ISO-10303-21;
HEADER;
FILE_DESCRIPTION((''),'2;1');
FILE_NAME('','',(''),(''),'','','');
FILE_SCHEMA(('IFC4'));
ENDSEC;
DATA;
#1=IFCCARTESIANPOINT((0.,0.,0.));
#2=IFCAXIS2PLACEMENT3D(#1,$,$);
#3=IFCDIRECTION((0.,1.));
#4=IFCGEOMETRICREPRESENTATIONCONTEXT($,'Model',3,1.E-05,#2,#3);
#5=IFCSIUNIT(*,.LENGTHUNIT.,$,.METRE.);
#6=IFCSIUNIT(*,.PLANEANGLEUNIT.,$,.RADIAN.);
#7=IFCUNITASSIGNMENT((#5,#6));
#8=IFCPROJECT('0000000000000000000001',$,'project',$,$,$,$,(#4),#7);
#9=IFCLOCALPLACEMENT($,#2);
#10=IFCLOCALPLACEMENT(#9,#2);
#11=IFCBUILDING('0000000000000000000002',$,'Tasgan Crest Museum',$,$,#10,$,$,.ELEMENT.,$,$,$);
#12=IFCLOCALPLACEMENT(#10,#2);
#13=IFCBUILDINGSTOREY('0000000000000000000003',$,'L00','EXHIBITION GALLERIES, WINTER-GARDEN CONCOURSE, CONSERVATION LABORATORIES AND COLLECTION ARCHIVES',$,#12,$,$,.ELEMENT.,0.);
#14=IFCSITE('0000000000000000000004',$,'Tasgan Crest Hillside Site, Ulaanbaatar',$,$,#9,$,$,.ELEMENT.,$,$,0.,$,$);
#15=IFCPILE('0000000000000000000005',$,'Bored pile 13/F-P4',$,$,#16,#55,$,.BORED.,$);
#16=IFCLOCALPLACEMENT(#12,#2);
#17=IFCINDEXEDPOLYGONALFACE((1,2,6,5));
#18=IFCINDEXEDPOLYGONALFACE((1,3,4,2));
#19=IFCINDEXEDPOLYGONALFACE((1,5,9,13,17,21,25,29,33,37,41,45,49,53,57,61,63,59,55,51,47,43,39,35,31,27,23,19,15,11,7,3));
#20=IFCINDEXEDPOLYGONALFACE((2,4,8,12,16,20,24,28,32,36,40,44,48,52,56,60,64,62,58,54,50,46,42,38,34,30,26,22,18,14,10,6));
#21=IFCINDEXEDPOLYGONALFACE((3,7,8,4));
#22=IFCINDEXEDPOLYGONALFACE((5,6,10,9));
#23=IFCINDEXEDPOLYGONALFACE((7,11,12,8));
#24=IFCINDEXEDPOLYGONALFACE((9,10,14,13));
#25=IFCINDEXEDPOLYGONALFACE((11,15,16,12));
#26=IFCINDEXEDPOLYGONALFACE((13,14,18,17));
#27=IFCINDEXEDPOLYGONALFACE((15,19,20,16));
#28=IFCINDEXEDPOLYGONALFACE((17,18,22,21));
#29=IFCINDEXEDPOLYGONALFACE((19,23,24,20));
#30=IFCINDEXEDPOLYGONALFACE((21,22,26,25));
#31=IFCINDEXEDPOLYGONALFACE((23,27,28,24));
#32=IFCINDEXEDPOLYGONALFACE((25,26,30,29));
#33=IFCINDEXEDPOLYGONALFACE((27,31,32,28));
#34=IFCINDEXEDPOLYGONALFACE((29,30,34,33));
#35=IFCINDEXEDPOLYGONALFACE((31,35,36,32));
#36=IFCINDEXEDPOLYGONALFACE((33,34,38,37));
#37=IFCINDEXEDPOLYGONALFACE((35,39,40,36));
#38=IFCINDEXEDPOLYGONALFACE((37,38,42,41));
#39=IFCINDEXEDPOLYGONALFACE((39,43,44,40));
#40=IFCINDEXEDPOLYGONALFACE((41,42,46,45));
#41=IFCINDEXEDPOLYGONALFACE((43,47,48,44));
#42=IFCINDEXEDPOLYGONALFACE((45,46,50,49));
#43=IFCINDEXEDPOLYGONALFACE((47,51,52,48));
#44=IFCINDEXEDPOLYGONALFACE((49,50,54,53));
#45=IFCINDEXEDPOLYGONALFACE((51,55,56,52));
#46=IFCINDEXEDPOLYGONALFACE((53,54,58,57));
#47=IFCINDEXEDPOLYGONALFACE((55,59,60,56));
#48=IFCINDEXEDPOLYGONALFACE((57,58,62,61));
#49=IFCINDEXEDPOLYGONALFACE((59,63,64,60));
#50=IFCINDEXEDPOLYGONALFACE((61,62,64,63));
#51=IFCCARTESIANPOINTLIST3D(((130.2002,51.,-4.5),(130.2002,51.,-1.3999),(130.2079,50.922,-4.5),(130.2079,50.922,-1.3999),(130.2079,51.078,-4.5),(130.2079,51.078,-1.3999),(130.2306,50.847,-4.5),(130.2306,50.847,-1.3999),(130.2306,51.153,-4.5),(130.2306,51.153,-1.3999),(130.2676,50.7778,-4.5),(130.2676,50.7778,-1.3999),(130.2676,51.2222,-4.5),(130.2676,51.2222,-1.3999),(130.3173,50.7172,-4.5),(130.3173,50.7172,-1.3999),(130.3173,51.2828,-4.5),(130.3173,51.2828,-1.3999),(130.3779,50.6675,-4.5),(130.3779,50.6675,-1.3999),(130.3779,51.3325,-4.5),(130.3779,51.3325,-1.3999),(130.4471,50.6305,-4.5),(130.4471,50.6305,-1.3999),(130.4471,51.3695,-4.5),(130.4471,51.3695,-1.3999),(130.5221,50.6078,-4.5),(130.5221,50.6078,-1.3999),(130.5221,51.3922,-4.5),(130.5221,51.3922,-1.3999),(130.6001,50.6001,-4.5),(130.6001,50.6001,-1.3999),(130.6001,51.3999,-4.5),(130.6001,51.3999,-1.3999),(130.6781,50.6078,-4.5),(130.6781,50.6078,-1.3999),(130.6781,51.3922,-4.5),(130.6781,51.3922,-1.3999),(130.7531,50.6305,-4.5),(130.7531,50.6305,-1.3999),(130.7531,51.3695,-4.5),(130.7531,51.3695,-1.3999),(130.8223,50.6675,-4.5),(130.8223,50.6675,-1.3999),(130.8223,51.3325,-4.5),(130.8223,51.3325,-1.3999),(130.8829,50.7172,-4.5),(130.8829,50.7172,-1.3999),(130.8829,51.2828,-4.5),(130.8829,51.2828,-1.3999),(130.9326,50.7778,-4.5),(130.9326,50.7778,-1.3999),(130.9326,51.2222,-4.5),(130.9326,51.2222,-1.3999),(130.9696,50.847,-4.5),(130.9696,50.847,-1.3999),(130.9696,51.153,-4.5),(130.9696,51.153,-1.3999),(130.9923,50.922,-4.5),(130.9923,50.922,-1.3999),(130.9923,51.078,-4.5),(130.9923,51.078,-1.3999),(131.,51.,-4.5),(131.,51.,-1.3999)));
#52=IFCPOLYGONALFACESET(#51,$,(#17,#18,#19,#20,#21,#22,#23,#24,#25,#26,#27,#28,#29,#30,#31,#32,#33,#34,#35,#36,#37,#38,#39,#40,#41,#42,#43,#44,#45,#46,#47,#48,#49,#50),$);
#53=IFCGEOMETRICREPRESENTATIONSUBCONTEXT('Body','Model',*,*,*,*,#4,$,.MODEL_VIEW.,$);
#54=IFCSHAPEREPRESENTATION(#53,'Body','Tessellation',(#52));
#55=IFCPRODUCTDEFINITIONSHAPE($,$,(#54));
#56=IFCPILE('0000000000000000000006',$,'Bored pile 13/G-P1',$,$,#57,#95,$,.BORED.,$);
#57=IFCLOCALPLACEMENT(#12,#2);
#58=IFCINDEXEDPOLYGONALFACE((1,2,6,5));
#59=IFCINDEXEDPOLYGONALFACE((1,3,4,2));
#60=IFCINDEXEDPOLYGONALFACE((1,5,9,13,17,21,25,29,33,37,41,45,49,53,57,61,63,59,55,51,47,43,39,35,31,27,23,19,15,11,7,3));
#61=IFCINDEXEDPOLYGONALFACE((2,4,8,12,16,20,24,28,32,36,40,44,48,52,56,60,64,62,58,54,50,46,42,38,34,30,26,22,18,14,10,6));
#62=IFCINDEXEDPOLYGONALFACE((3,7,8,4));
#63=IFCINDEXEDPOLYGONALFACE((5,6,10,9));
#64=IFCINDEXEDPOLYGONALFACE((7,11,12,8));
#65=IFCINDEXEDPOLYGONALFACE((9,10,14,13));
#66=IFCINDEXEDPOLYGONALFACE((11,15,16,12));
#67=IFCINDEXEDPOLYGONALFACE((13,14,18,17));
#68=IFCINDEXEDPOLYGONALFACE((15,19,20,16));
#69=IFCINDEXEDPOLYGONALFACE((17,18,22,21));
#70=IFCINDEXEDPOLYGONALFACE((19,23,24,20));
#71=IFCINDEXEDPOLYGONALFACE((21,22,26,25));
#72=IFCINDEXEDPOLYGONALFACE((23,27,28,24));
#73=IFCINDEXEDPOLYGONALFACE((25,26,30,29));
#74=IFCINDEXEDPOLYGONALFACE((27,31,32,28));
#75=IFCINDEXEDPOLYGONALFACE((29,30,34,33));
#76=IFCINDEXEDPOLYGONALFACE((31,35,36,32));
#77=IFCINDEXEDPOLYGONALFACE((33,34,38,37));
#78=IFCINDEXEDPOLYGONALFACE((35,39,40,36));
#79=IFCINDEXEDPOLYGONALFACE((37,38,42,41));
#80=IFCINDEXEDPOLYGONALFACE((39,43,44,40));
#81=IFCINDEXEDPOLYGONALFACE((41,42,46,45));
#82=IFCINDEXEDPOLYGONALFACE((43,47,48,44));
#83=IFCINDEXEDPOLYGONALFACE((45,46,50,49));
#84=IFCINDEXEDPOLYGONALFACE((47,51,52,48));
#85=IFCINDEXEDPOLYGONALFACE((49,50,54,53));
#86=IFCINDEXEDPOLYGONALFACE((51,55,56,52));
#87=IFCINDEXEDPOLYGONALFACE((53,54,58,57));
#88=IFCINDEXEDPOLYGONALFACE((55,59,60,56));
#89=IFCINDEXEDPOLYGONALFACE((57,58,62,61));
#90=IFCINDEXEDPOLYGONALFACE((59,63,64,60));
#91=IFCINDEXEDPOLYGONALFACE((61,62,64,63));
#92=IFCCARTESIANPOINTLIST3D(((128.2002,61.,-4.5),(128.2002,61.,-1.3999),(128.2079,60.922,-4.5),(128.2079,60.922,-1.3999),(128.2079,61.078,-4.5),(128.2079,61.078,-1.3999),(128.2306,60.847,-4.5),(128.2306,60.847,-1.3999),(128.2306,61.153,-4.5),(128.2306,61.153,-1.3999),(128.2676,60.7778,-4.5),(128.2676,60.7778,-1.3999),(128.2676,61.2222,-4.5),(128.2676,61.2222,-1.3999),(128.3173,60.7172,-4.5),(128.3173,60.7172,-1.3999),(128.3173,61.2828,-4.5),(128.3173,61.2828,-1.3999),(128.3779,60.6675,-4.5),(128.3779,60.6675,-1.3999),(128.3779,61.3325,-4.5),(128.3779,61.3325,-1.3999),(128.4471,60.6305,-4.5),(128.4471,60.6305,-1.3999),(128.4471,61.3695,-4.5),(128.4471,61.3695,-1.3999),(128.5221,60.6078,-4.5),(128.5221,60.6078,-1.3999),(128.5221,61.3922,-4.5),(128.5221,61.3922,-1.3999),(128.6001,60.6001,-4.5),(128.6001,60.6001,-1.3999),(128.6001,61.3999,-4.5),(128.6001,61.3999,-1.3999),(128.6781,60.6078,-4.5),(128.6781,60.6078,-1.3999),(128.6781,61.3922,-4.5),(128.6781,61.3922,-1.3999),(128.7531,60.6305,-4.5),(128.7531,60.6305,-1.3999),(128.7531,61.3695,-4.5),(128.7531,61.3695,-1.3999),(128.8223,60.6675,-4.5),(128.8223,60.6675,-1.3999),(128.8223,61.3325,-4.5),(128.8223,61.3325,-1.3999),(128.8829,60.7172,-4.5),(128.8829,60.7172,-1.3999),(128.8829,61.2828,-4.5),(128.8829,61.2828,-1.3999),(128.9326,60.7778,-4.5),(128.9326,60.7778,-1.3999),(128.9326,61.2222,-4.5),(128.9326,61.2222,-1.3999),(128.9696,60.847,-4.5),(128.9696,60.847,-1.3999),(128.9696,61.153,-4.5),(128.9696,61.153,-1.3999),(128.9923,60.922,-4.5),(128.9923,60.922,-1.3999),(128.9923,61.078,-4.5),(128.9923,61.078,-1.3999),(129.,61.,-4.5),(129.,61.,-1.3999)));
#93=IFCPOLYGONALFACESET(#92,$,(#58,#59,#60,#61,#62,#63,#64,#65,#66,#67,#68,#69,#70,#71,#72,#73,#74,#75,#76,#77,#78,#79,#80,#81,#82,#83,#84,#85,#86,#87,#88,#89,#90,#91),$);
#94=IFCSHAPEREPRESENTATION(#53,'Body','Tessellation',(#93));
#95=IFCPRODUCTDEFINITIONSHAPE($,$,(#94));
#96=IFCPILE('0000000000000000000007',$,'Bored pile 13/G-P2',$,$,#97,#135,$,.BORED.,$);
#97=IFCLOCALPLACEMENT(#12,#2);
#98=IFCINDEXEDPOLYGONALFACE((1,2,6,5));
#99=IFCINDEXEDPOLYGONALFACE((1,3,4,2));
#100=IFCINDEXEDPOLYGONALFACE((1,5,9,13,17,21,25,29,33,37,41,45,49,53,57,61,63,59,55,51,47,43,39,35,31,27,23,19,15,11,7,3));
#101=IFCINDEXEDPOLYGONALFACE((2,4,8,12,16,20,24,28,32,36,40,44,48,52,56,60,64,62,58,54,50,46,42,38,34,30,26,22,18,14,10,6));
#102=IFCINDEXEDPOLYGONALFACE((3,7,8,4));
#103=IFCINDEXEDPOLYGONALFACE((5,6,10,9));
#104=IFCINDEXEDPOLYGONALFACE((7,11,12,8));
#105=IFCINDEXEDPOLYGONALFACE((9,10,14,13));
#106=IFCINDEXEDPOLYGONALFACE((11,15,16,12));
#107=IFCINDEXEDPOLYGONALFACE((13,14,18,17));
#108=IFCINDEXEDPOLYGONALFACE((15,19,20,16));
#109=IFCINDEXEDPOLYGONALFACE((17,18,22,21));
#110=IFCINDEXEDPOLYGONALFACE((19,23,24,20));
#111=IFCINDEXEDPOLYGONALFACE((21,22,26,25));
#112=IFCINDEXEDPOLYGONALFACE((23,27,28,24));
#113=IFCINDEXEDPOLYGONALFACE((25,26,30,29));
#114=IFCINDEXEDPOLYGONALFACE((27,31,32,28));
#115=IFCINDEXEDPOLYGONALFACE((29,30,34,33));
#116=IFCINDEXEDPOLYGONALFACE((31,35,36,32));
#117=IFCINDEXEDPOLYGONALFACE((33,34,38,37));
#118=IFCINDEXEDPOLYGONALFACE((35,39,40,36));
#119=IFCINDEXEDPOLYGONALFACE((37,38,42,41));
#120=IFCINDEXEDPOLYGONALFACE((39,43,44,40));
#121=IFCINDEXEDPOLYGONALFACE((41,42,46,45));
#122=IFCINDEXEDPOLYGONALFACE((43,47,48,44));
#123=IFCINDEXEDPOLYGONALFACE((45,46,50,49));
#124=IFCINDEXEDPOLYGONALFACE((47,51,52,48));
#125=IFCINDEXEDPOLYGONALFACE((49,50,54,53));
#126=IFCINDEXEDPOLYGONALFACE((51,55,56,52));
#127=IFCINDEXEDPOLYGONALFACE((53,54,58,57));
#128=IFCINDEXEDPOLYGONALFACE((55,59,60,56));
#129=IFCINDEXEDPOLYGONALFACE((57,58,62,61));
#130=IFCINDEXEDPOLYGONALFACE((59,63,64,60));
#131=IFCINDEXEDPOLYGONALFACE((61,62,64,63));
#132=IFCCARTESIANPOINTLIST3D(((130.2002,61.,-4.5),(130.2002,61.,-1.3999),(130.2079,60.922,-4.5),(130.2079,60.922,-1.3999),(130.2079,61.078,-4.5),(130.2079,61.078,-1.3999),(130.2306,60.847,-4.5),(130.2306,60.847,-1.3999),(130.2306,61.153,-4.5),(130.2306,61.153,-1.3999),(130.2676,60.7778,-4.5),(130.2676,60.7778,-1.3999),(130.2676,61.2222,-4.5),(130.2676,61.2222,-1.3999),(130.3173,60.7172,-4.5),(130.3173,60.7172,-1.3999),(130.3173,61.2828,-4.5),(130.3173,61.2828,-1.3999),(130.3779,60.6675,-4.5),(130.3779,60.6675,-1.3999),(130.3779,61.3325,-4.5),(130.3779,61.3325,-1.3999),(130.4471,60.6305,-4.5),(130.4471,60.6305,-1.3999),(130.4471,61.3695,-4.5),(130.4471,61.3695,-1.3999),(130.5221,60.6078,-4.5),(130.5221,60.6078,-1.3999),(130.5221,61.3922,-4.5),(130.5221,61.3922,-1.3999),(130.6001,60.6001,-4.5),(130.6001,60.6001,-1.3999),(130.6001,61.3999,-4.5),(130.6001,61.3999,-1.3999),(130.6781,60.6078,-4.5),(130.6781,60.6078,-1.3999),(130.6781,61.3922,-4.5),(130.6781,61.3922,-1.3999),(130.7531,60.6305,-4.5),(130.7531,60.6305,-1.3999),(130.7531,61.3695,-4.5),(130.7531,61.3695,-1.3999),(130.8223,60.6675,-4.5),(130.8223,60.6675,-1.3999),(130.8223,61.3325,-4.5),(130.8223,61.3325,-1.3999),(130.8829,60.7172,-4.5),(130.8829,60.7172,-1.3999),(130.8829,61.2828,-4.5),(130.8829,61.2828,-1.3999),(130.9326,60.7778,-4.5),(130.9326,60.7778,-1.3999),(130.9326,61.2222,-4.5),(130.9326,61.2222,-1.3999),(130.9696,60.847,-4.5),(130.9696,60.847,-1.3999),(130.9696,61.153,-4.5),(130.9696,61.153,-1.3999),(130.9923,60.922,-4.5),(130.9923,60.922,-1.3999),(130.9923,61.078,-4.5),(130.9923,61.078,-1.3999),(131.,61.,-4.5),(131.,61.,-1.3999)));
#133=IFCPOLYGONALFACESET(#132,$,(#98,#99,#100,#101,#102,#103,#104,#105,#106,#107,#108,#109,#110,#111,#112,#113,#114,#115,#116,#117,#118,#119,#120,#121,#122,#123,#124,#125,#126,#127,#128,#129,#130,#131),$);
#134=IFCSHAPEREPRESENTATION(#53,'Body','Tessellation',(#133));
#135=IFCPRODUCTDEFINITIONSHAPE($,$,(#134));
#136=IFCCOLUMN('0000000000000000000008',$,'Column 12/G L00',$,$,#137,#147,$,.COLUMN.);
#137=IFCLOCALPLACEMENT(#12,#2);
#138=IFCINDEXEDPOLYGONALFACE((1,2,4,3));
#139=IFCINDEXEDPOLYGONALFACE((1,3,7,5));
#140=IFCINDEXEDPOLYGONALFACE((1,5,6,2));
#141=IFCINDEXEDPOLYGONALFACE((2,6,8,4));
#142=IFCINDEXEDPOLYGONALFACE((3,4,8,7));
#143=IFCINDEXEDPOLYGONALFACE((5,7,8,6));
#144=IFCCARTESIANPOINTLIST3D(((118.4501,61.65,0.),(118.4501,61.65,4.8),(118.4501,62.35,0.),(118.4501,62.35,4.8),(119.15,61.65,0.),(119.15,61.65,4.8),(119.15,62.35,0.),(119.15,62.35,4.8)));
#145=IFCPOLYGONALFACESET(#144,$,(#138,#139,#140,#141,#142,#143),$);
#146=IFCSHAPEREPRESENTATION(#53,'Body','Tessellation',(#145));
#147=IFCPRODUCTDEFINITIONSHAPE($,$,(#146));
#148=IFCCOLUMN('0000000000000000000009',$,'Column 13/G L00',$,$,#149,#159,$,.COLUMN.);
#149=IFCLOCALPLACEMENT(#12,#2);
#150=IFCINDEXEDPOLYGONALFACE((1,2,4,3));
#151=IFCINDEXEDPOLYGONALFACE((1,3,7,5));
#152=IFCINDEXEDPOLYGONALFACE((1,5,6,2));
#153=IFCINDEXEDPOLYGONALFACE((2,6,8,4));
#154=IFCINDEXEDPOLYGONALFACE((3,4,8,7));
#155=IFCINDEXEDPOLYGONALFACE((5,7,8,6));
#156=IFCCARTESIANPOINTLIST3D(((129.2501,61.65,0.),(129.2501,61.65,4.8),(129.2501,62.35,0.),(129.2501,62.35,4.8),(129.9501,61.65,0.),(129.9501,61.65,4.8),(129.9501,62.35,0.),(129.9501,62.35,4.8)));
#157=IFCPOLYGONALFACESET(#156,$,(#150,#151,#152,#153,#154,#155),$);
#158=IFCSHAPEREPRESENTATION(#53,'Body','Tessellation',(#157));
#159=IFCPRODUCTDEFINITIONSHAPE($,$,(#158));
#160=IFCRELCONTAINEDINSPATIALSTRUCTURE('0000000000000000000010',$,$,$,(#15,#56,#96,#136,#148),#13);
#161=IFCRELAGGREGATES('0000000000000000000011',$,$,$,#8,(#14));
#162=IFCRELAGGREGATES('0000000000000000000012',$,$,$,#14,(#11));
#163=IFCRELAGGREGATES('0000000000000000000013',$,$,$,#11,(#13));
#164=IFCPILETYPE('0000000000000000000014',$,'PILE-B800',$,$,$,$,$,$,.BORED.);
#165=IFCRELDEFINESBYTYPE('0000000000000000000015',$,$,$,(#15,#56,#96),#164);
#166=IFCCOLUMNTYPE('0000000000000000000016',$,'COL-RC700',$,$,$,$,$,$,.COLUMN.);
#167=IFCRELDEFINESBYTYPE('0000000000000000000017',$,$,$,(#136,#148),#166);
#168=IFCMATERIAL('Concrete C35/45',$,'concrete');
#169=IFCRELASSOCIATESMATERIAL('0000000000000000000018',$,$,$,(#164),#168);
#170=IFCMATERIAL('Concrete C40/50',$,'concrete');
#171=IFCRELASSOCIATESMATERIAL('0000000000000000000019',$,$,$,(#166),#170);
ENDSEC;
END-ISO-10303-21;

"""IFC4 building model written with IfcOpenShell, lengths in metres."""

from ifc_helpers import new_model, si_unit, direction, frame, origin, origin_2d, place, context, subcontext, project, spatial, rectangle, circle, extrude, material, material_profile, profile_set, type_object, element, save


model = new_model("IFC4")

# Units and contexts
model_context = context("Model", 3, precision=1e-05, world=origin(), true_north=direction((0.0, 1.0)))
body_context = subcontext(model_context, "Body", "Model", "MODEL_VIEW")
ifc_project = project(units=[si_unit("LENGTHUNIT", "METRE"), si_unit("PLANEANGLEUNIT", "RADIAN")], contexts=[model_context])

# Site, building, storey
site_placement = place(None, origin())
site = spatial("IfcSite", under=ifc_project, at=site_placement, Name="Tasgan Crest Hillside Site, Ulaanbaatar", CompositionType="ELEMENT", RefElevation=0.0)
building_placement = place(site_placement, origin())
building = spatial("IfcBuilding", under=site, at=building_placement, Name="Tasgan Crest Museum", CompositionType="ELEMENT")
storey_placement = place(building_placement, origin())
storey = spatial("IfcBuildingStorey", under=building, at=storey_placement, Name="L00", Description="EXHIBITION GALLERIES, WINTER-GARDEN CONCOURSE, CONSERVATION LABORATORIES AND COLLECTION ARCHIVES", CompositionType="ELEMENT", Elevation=0.0)

# Piles
ifc_material_1 = material(Name="Concrete C35/45", Category="concrete")
ifc_material_profile_1 = material_profile(ifc_material_1, circle(Radius=0.3999, at=origin_2d()), Name="PILE D800")
ifc_profile_set_1 = profile_set([ifc_material_profile_1], Name="Concrete C35/45")
pile_type = type_object("IfcPileType", Name="PILE-B800", PredefinedType="BORED", material=ifc_profile_set_1)
for number, where, z_axis, x_axis, name in (
    (1, (130.6001, 51.0, -1.3999), (0.0, 0.0, -1.0), (1.0, 0.0, 0.0), "Bored pile 13/F-P4"),
    (2, (128.6001, 61.0, -1.3999), (0.0, 0.0, -1.0), (1.0, 0.0, 0.0), "Bored pile 13/G-P1"),
    (3, (130.6001, 61.0, -1.3999), (0.0, 0.0, -1.0), (1.0, 0.0, 0.0), "Bored pile 13/G-P2"),
):
    element("IfcPile", number, at=place(storey_placement, frame(where, z_axis=z_axis, x_axis=x_axis)), inside=storey, type_object=pile_type, Name=name, PredefinedType="BORED", context=body_context, shape_type="SweptSolid", body=[
        extrude(circle(Radius=0.3999, at=origin_2d()), origin(), (0.0, 0.0, 1.0), 3.1001),
    ])

# Columns
ifc_material_2 = material(Name="Concrete C40/50", Category="concrete")
ifc_material_profile_2 = material_profile(ifc_material_2, rectangle(XDim=0.7, YDim=0.7, at=origin_2d()), Name="RC 700x700")
ifc_profile_set_2 = profile_set([ifc_material_profile_2], Name="Concrete C40/50")
column_type = type_object("IfcColumnType", Name="COL-RC700", PredefinedType="COLUMN", material=ifc_profile_set_2)
for number, where, z_axis, x_axis, name in (
    (4, (118.8, 62.0, 0.0), (0.0, 0.0, 1.0), (1.0, 0.0, 0.0), "Column 12/G L00"),
    (5, (129.6001, 62.0, 0.0), (0.0, 0.0, 1.0), (1.0, 0.0, 0.0), "Column 13/G L00"),
):
    element("IfcColumn", number, at=place(storey_placement, frame(where, z_axis=z_axis, x_axis=x_axis)), inside=storey, type_object=column_type, Name=name, PredefinedType="COLUMN", context=body_context, shape_type="SweptSolid", body=[
        extrude(rectangle(XDim=0.7, YDim=0.7, at=origin_2d()), origin(), (0.0, 0.0, 1.0), 4.8),
    ])

save(model, "model.ifc")
